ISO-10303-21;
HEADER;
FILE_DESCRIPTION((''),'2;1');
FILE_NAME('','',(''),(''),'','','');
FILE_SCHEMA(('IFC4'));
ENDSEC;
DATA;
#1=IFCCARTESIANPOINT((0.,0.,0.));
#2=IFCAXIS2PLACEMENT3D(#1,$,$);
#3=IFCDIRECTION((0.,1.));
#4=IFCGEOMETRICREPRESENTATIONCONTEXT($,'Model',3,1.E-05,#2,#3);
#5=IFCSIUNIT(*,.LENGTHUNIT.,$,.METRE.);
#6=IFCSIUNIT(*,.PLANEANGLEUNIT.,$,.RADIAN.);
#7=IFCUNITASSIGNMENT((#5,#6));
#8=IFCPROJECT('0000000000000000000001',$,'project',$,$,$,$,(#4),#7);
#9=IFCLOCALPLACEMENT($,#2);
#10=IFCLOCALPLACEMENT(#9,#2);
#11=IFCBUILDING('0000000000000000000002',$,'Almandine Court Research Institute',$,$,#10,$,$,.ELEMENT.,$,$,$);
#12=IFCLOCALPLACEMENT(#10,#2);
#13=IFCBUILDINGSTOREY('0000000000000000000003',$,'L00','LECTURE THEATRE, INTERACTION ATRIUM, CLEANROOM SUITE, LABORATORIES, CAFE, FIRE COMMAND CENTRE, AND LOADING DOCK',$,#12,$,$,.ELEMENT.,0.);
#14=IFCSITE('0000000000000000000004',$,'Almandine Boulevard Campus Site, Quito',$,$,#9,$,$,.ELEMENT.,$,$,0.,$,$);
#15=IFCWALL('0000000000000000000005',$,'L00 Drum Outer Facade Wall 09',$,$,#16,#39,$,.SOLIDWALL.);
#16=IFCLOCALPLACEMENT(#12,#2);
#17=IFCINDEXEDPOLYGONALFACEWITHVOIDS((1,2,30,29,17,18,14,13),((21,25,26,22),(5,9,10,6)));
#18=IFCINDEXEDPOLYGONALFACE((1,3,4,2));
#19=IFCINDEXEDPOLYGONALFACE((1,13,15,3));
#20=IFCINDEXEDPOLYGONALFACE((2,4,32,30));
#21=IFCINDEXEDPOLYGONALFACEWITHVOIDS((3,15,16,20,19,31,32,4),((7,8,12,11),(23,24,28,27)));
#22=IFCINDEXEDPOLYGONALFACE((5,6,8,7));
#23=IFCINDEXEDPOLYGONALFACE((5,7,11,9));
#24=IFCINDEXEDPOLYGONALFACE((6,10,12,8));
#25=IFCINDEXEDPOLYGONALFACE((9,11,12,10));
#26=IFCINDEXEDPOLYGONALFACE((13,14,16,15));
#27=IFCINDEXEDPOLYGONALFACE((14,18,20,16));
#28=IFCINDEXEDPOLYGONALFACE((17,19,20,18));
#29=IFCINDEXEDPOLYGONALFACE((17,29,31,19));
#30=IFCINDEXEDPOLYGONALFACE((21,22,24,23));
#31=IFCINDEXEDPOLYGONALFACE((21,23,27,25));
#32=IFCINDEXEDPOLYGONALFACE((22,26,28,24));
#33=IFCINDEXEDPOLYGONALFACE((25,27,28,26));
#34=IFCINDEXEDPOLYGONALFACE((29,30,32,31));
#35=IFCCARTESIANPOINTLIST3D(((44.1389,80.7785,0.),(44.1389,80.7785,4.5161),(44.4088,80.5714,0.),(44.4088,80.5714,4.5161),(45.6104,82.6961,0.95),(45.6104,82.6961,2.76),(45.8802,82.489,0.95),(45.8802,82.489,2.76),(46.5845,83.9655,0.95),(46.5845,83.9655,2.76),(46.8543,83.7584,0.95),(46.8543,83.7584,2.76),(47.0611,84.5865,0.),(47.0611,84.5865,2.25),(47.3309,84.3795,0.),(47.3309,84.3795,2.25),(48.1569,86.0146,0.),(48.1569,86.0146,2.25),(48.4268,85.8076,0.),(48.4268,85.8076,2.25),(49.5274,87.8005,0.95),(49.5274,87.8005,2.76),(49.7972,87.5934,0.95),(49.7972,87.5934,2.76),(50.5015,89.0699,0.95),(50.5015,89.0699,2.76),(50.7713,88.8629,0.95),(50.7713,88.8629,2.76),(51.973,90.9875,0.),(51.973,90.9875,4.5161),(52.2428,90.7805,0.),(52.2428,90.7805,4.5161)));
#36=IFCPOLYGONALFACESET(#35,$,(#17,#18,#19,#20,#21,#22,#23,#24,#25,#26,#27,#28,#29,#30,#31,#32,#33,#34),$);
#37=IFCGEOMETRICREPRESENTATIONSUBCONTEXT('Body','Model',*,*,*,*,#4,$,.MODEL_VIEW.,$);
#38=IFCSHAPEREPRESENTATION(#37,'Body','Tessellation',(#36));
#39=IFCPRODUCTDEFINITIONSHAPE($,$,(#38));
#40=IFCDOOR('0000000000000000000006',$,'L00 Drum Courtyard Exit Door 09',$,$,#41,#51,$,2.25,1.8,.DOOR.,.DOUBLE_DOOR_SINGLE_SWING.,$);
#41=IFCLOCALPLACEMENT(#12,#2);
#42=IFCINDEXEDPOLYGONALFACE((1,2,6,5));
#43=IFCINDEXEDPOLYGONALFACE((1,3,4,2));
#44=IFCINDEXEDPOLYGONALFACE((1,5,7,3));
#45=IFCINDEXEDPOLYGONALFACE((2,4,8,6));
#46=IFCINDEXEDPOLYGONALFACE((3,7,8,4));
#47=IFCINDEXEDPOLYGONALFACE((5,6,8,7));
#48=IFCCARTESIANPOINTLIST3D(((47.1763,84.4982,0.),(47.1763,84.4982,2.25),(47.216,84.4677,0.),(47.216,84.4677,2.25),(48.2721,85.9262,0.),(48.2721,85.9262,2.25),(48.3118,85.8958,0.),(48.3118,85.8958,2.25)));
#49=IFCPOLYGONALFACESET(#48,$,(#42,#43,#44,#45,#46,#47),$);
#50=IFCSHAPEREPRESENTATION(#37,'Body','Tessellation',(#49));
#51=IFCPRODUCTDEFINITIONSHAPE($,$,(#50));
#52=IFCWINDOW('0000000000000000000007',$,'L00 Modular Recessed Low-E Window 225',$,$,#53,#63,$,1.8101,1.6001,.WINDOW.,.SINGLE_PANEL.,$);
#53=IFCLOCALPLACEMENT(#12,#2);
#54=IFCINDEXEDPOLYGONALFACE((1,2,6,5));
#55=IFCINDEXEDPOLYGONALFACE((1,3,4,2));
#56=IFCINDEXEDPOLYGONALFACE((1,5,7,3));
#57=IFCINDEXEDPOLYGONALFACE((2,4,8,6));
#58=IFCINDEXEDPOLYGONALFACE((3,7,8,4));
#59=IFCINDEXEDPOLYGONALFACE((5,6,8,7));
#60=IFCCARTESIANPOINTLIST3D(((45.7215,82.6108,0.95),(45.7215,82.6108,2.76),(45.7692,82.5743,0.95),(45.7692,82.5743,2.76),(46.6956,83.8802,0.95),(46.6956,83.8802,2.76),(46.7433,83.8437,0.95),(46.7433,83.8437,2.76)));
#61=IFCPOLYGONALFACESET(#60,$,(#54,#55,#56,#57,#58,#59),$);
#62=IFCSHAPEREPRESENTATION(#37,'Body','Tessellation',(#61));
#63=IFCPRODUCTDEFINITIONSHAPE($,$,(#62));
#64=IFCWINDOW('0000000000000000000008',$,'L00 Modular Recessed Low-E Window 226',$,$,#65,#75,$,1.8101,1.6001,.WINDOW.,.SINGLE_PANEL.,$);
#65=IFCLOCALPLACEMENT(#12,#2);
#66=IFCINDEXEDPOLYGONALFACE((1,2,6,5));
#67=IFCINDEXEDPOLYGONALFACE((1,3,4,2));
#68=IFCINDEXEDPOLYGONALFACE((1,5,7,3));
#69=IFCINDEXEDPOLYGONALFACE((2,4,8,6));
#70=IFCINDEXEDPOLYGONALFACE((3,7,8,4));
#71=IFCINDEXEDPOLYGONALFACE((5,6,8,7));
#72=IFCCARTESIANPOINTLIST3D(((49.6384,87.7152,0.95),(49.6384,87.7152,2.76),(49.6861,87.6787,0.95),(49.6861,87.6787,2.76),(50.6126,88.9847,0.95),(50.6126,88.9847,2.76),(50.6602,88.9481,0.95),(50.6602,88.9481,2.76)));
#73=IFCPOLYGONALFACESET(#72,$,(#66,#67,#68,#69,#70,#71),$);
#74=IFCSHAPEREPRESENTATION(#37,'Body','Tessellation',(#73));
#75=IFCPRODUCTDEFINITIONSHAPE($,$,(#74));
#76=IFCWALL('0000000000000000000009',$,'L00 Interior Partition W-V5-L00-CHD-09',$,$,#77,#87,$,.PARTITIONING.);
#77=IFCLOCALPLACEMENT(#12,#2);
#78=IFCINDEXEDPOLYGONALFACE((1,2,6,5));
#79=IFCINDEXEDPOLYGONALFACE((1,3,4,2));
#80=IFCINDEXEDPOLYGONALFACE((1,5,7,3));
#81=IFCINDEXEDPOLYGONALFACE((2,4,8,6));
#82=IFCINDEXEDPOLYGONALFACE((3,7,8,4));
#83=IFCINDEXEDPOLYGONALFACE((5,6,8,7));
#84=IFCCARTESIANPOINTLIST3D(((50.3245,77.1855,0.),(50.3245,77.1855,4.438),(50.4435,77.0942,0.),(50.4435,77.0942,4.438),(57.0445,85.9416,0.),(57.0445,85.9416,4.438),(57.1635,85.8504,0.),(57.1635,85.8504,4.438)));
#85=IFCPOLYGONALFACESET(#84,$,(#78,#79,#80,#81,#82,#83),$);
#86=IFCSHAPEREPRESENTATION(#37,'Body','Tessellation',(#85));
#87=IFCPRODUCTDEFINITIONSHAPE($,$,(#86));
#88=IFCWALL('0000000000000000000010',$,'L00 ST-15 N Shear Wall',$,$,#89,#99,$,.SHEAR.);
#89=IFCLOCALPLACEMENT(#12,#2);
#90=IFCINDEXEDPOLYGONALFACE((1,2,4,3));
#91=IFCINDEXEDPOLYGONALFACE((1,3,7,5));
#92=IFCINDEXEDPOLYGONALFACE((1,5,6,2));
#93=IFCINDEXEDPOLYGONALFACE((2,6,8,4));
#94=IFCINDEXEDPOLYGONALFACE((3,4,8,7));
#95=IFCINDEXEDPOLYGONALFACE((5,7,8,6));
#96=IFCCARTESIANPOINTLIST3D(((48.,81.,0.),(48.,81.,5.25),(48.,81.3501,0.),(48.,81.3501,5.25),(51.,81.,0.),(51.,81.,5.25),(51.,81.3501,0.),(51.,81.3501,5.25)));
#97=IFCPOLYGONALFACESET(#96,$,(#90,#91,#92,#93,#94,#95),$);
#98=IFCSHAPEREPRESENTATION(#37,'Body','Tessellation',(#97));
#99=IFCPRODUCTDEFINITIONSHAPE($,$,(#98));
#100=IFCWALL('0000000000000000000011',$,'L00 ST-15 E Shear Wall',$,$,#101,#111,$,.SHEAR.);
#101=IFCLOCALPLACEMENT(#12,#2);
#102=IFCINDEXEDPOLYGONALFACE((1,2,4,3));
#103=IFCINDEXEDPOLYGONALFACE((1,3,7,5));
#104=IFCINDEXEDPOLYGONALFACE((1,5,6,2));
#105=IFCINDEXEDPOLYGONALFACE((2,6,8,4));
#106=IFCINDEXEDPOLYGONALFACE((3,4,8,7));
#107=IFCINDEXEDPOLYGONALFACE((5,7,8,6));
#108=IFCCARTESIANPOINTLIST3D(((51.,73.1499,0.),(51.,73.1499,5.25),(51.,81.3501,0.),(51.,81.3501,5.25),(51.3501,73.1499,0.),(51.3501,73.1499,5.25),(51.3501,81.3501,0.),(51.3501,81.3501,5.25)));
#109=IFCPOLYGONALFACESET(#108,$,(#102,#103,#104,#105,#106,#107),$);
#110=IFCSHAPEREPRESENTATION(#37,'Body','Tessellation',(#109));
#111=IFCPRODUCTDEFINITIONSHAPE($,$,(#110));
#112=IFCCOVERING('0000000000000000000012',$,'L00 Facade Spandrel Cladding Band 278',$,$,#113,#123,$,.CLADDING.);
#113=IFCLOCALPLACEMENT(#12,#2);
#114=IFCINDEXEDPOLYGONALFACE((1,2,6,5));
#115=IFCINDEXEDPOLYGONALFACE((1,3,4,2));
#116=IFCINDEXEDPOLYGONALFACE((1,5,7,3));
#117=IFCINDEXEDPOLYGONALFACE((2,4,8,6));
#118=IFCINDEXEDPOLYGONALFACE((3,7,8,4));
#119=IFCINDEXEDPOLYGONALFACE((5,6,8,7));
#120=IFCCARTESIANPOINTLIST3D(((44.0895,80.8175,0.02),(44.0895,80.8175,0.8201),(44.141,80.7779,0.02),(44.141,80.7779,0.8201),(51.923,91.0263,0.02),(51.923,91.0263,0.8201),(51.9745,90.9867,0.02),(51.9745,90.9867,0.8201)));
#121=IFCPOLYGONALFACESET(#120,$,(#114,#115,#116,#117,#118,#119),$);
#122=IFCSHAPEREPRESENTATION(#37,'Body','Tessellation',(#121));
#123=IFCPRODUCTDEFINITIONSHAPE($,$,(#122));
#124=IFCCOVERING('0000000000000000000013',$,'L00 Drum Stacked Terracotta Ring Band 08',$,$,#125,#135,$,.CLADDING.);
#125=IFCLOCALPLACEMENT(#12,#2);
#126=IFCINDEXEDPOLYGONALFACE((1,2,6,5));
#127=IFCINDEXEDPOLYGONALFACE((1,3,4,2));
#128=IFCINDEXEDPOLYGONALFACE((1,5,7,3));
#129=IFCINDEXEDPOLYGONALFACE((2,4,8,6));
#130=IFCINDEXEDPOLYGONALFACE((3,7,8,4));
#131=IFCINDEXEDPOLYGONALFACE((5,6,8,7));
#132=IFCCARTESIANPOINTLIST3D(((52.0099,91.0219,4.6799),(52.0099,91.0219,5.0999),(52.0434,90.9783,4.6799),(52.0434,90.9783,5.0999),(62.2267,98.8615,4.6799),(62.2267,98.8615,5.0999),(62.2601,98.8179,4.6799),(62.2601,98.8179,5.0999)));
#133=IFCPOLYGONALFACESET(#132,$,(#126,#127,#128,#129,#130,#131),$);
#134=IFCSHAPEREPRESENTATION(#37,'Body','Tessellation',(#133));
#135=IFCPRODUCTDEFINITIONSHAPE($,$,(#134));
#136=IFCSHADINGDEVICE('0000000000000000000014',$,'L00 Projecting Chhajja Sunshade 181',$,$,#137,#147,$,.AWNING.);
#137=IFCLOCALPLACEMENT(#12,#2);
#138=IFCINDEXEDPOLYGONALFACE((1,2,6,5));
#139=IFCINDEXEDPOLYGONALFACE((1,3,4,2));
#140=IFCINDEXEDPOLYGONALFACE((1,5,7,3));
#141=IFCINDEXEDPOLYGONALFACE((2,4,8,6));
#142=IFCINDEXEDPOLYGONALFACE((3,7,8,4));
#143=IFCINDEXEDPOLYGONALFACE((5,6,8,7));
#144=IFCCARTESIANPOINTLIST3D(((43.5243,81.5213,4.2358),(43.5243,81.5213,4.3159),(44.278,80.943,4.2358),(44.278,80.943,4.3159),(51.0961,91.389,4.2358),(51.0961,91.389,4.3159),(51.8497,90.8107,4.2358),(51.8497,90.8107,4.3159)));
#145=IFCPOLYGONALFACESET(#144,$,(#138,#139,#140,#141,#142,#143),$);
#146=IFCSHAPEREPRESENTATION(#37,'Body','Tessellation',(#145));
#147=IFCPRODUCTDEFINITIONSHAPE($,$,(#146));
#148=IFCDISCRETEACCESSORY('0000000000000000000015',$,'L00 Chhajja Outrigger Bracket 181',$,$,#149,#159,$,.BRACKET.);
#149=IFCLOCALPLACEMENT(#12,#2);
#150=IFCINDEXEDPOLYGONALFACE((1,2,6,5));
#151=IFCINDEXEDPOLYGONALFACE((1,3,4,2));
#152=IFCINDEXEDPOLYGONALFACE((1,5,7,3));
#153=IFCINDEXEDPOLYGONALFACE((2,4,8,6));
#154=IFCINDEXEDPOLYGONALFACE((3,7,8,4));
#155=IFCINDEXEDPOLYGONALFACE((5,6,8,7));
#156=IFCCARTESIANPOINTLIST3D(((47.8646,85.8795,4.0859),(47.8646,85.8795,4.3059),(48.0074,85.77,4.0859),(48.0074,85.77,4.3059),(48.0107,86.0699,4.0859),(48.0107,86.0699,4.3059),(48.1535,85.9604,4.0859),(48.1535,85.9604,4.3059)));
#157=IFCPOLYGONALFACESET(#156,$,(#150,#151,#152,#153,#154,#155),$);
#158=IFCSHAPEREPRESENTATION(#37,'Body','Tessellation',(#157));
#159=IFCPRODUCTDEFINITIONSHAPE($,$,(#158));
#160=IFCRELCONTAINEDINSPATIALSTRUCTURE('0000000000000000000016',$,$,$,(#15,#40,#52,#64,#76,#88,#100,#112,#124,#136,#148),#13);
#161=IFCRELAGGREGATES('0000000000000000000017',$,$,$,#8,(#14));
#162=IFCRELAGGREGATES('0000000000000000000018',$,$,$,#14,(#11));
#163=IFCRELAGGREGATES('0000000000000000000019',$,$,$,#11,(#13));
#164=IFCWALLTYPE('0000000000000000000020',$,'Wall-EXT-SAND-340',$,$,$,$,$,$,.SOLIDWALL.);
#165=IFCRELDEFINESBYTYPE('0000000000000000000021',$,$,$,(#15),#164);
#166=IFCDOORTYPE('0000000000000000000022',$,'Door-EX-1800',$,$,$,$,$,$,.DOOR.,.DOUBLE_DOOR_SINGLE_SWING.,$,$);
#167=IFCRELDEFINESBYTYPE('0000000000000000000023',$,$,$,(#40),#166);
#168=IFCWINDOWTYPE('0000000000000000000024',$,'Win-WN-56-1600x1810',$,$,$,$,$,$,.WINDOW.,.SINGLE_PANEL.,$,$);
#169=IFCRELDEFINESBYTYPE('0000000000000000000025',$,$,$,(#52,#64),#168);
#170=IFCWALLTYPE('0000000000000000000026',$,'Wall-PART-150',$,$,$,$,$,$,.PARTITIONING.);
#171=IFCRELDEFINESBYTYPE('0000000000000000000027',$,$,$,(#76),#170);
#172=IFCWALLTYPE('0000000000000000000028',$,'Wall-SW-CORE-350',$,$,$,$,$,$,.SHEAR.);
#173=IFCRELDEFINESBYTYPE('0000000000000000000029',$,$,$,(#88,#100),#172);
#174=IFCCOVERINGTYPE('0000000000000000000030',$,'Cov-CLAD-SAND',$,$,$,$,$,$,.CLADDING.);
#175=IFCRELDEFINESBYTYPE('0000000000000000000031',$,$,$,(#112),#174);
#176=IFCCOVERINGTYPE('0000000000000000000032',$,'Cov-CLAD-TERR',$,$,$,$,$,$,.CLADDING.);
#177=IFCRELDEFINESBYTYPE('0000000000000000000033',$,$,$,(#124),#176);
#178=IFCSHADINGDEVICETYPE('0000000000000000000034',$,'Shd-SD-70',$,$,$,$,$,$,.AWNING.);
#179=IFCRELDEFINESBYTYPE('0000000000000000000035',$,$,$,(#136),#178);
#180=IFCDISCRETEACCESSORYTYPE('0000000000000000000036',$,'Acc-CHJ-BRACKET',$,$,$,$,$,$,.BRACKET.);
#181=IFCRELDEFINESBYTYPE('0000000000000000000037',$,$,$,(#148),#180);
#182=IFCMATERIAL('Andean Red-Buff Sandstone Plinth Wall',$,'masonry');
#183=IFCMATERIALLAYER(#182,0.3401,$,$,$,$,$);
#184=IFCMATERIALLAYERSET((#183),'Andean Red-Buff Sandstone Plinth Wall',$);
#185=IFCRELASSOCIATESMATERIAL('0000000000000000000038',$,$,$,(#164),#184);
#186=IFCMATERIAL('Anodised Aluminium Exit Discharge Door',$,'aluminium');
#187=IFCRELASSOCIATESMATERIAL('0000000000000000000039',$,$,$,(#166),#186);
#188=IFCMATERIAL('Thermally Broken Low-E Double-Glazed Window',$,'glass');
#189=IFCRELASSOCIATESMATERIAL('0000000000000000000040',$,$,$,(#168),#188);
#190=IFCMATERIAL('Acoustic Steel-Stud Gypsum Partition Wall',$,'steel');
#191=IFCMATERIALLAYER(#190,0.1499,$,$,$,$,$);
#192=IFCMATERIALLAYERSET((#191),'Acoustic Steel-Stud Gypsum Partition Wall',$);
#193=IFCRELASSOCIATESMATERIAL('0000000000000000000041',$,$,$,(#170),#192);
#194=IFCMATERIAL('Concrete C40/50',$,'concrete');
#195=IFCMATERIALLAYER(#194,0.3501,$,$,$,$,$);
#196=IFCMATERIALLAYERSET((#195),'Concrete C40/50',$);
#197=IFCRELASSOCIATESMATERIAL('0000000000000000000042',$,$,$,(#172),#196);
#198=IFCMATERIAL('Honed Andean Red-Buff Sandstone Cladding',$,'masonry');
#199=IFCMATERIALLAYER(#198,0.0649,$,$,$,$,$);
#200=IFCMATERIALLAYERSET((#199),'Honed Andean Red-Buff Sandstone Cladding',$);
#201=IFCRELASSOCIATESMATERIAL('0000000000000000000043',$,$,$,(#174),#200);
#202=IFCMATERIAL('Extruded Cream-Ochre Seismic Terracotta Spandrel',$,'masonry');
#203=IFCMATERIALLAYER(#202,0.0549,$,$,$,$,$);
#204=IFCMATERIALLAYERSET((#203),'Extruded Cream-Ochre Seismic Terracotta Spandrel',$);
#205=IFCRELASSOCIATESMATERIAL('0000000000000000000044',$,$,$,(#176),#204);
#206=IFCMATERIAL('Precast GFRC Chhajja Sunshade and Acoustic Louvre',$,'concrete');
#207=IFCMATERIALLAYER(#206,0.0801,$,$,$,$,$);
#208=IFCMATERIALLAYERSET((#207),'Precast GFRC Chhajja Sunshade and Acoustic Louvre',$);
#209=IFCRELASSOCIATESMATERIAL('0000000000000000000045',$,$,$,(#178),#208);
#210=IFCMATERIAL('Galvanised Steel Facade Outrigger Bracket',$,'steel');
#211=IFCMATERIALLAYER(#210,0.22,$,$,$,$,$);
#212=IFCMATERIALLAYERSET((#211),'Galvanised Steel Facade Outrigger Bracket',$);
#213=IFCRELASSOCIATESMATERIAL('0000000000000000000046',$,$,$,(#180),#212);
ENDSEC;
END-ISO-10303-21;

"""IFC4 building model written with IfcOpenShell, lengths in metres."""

from ifc_helpers import new_model, si_unit, direction, frame, frame_2d, origin, origin_2d, place, context, subcontext, project, spatial, rectangle, extrude, material, layer, layer_set, type_object, element, fill, save


model = new_model("IFC4")

# Units and contexts
model_context = context("Model", 3, precision=1e-05, world=origin(), true_north=direction((0.0, 1.0)))
body_context = subcontext(model_context, "Body", "Model", "MODEL_VIEW")
ifc_project = project(units=[si_unit("LENGTHUNIT", "METRE"), si_unit("PLANEANGLEUNIT", "RADIAN")], contexts=[model_context])

# Site, building, storey
site_placement = place(None, origin())
site = spatial("IfcSite", under=ifc_project, at=site_placement, Name="Almandine Boulevard Campus Site, Quito", CompositionType="ELEMENT", RefElevation=0.0)
building_placement = place(site_placement, origin())
building = spatial("IfcBuilding", under=site, at=building_placement, Name="Almandine Court Research Institute", CompositionType="ELEMENT")
storey_placement = place(building_placement, origin())
storey = spatial("IfcBuildingStorey", under=building, at=storey_placement, Name="L00", Description="LECTURE THEATRE, INTERACTION ATRIUM, CLEANROOM SUITE, LABORATORIES, CAFE, FIRE COMMAND CENTRE, AND LOADING DOCK", CompositionType="ELEMENT", Elevation=0.0)

# Wall, openings, door, windows
ifc_material_1 = material(Name="Andean Red-Buff Sandstone Plinth Wall", Category="masonry")
ifc_layer_1 = layer(ifc_material_1, 0.3401)
ifc_layer_set_1 = layer_set([ifc_layer_1], Name="Andean Red-Buff Sandstone Plinth Wall")
wall_type_1 = type_object("IfcWallType", Name="Wall-EXT-SAND-340", PredefinedType="SOLIDWALL", material=ifc_layer_set_1)
wall_1_placement = place(storey_placement, frame((44.2739, 80.675, 0.0), z_axis=(0.0, 0.0, 1.0), x_axis=(0.608779, 0.79334, 0.0)))
wall_1 = element("IfcWall", 1, at=wall_1_placement, inside=storey, type_object=wall_type_1, Name="L00 Drum Outer Facade Wall 09", PredefinedType="SOLIDWALL", context=body_context, shape_type="SweptSolid", body=[
    extrude(rectangle(XDim=12.8684, YDim=0.3401, at=frame_2d((6.4341, 0.0))), origin(), (0.0, 0.0, 1.0), 4.5161),
])
opening_1_placement = place(wall_1_placement, frame((4.8, 0.0, 0.0)))
opening_1 = element("IfcOpeningElement", 2, at=opening_1_placement, cuts=wall_1, PredefinedType="OPENING", context=body_context, shape_type="SweptSolid", body=[
    extrude(rectangle(XDim=1.8, YDim=2.25, at=frame_2d((0.8999, 1.125))), frame((0.0, 0.1799, 0.0), z_axis=(0.0, -1.0, 0.0), x_axis=(1.0, 0.0, 0.0)), (0.0, 0.0, 1.0), 0.3601),
])
opening_2_placement = place(wall_1_placement, frame((2.417, 0.0, 0.95)))
opening_2 = element("IfcOpeningElement", 3, at=opening_2_placement, cuts=wall_1, PredefinedType="OPENING", context=body_context, shape_type="SweptSolid", body=[
    extrude(rectangle(XDim=1.6001, YDim=1.8101, at=frame_2d((0.8, 0.905))), frame((0.0, 0.1799, 0.0), z_axis=(0.0, -1.0, 0.0), x_axis=(1.0, 0.0, 0.0)), (0.0, 0.0, 1.0), 0.3601),
])
opening_3_placement = place(wall_1_placement, frame((8.8511, 0.0, 0.95)))
opening_3 = element("IfcOpeningElement", 4, at=opening_3_placement, cuts=wall_1, PredefinedType="OPENING", context=body_context, shape_type="SweptSolid", body=[
    extrude(rectangle(XDim=1.6001, YDim=1.8101, at=frame_2d((0.8, 0.905))), frame((0.0, 0.1799, 0.0), z_axis=(0.0, -1.0, 0.0), x_axis=(1.0, 0.0, 0.0)), (0.0, 0.0, 1.0), 0.3601),
])
ifc_material_2 = material(Name="Anodised Aluminium Exit Discharge Door", Category="aluminium")
door_type = type_object("IfcDoorType", Name="Door-EX-1800", OperationType="DOUBLE_DOOR_SINGLE_SWING", PredefinedType="DOOR", material=ifc_material_2)
door_placement = place(opening_1_placement, origin())
door = element("IfcDoor", 5, at=door_placement, inside=storey, type_object=door_type, Name="L00 Drum Courtyard Exit Door 09", OperationType="DOUBLE_DOOR_SINGLE_SWING", OverallHeight=2.25, OverallWidth=1.8, PredefinedType="DOOR", context=body_context, shape_type="SweptSolid", body=[
    extrude(rectangle(XDim=1.8, YDim=2.25, at=frame_2d((0.8999, 1.125))), frame((0.0, 0.0249, 0.0), z_axis=(0.0, -1.0, 0.0), x_axis=(1.0, 0.0, 0.0)), (0.0, 0.0, 1.0), 0.05),
])
fill(opening_1, door)
ifc_material_3 = material(Name="Thermally Broken Low-E Double-Glazed Window", Category="glass")
window_type = type_object("IfcWindowType", Name="Win-WN-56-1600x1810", PartitioningType="SINGLE_PANEL", PredefinedType="WINDOW", material=ifc_material_3)
window_1_placement = place(opening_2_placement, origin())
window_1 = element("IfcWindow", 6, at=window_1_placement, inside=storey, type_object=window_type, Name="L00 Modular Recessed Low-E Window 225", OverallHeight=1.8101, OverallWidth=1.6001, PartitioningType="SINGLE_PANEL", PredefinedType="WINDOW", context=body_context, shape_type="SweptSolid", body=[
    extrude(rectangle(XDim=1.6001, YDim=1.8101, at=frame_2d((0.8, 0.905))), frame((0.0, 0.03, 0.0), z_axis=(0.0, -1.0, 0.0), x_axis=(1.0, 0.0, 0.0)), (0.0, 0.0, 1.0), 0.0601),
])
fill(opening_2, window_1)
window_2_placement = place(opening_3_placement, origin())
window_2 = element("IfcWindow", 7, at=window_2_placement, inside=storey, type_object=window_type, Name="L00 Modular Recessed Low-E Window 226", OverallHeight=1.8101, OverallWidth=1.6001, PartitioningType="SINGLE_PANEL", PredefinedType="WINDOW", context=body_context, shape_type="SweptSolid", body=[
    extrude(rectangle(XDim=1.6001, YDim=1.8101, at=frame_2d((0.8, 0.905))), frame((0.0, 0.03, 0.0), z_axis=(0.0, -1.0, 0.0), x_axis=(1.0, 0.0, 0.0)), (0.0, 0.0, 1.0), 0.0601),
])
fill(opening_3, window_2)

# Walls
ifc_material_4 = material(Name="Acoustic Steel-Stud Gypsum Partition Wall", Category="steel")
ifc_layer_2 = layer(ifc_material_4, 0.1499)
ifc_layer_set_2 = layer_set([ifc_layer_2], Name="Acoustic Steel-Stud Gypsum Partition Wall")
wall_type_2 = type_object("IfcWallType", Name="Wall-PART-150", PredefinedType="PARTITIONING", material=ifc_layer_set_2)
wall_2_placement = place(storey_placement, frame((57.104, 85.896, 0.0), z_axis=(0.0, 0.0, 1.0), x_axis=(-0.608828, -0.793302, 0.0)))
element("IfcWall", 8, at=wall_2_placement, inside=storey, type_object=wall_type_2, Name="L00 Interior Partition W-V5-L00-CHD-09", PredefinedType="PARTITIONING", context=body_context, shape_type="SweptSolid", body=[
    extrude(rectangle(XDim=11.0376, YDim=0.1499, at=frame_2d((5.5188, 0.0))), origin(), (0.0, 0.0, 1.0), 4.438),
])
ifc_material_5 = material(Name="Concrete C40/50", Category="concrete")
ifc_layer_3 = layer(ifc_material_5, 0.3501)
ifc_layer_set_3 = layer_set([ifc_layer_3], Name="Concrete C40/50")
wall_type_3 = type_object("IfcWallType", Name="Wall-SW-CORE-350", PredefinedType="SHEAR", material=ifc_layer_set_3)
wall_3_placement = place(storey_placement, frame((48.0, 81.175, 0.0), z_axis=(0.0, 0.0, 1.0), x_axis=(1.0, 0.0, 0.0)))
element("IfcWall", 9, at=wall_3_placement, inside=storey, type_object=wall_type_3, Name="L00 ST-15 N Shear Wall", PredefinedType="SHEAR", context=body_context, shape_type="SweptSolid", body=[
    extrude(rectangle(XDim=3.0, YDim=0.3501, at=frame_2d((1.5, 0.0))), origin(), (0.0, 0.0, 1.0), 5.25),
])
wall_4_placement = place(storey_placement, frame((51.175, 81.3501, 0.0), z_axis=(0.0, 0.0, 1.0), x_axis=(0.0, -1.0, 0.0)))
element("IfcWall", 10, at=wall_4_placement, inside=storey, type_object=wall_type_3, Name="L00 ST-15 E Shear Wall", PredefinedType="SHEAR", context=body_context, shape_type="SweptSolid", body=[
    extrude(rectangle(XDim=8.2002, YDim=0.3501, at=frame_2d((4.1001, 0.0))), origin(), (0.0, 0.0, 1.0), 5.25),
])

# Coverings
ifc_material_6 = material(Name="Honed Andean Red-Buff Sandstone Cladding", Category="masonry")
ifc_layer_4 = layer(ifc_material_6, 0.0649)
ifc_layer_set_4 = layer_set([ifc_layer_4], Name="Honed Andean Red-Buff Sandstone Cladding")
covering_type_1 = type_object("IfcCoveringType", Name="Cov-CLAD-SAND", PredefinedType="CLADDING", material=ifc_layer_set_4)
covering_1_placement = place(storey_placement, frame((48.032, 85.9021, 0.02), z_axis=(0.0, 0.0, 1.0), x_axis=(0.608761, 0.793353, 0.0)))
element("IfcCovering", 11, at=covering_1_placement, inside=storey, type_object=covering_type_1, Name="L00 Facade Spandrel Cladding Band 278", PredefinedType="CLADDING", context=body_context, shape_type="SweptSolid", body=[
    extrude(rectangle(XDim=12.8679, YDim=0.0649, at=origin_2d()), origin(), (0.0, 0.0, 1.0), 0.8),
])
ifc_material_7 = material(Name="Extruded Cream-Ochre Seismic Terracotta Spandrel", Category="masonry")
ifc_layer_5 = layer(ifc_material_7, 0.0549)
ifc_layer_set_5 = layer_set([ifc_layer_5], Name="Extruded Cream-Ochre Seismic Terracotta Spandrel")
covering_type_2 = type_object("IfcCoveringType", Name="Cov-CLAD-TERR", PredefinedType="CLADDING", material=ifc_layer_set_5)
covering_2_placement = place(storey_placement, frame((57.135, 94.9199, 4.6799), z_axis=(0.0, 0.0, 1.0), x_axis=(0.793353, 0.608761, 0.0)))
element("IfcCovering", 12, at=covering_2_placement, inside=storey, type_object=covering_type_2, Name="L00 Drum Stacked Terracotta Ring Band 08", PredefinedType="CLADDING", context=body_context, shape_type="SweptSolid", body=[
    extrude(rectangle(XDim=12.8779, YDim=0.0549, at=origin_2d()), origin(), (0.0, 0.0, 1.0), 0.4199),
])

# Shading device
ifc_material_8 = material(Name="Precast GFRC Chhajja Sunshade and Acoustic Louvre", Category="concrete")
ifc_layer_6 = layer(ifc_material_8, 0.0801)
ifc_layer_set_6 = layer_set([ifc_layer_6], Name="Precast GFRC Chhajja Sunshade and Acoustic Louvre")
shading_device_type = type_object("IfcShadingDeviceType", Name="Shd-SD-70", PredefinedType="AWNING", material=ifc_layer_set_6)
shading_device_placement = place(storey_placement, frame((47.687, 86.166, 4.2358), z_axis=(0.0, 0.0, 1.0), x_axis=(0.608761, 0.793353, 0.0)))
element("IfcShadingDevice", 13, at=shading_device_placement, inside=storey, type_object=shading_device_type, Name="L00 Projecting Chhajja Sunshade 181", PredefinedType="AWNING", context=body_context, shape_type="SweptSolid", body=[
    extrude(rectangle(XDim=12.438, YDim=0.95, at=origin_2d()), origin(), (0.0, 0.0, 1.0), 0.0801),
])

# Discrete accessory
ifc_material_9 = material(Name="Galvanised Steel Facade Outrigger Bracket", Category="steel")
ifc_layer_7 = layer(ifc_material_9, 0.22)
ifc_layer_set_7 = layer_set([ifc_layer_7], Name="Galvanised Steel Facade Outrigger Bracket")
discrete_accessory_type = type_object("IfcDiscreteAccessoryType", Name="Acc-CHJ-BRACKET", PredefinedType="BRACKET", material=ifc_layer_set_7)
discrete_accessory_placement = place(storey_placement, frame((48.009, 85.9199, 4.0859), z_axis=(0.0, 0.0, 1.0), x_axis=(0.608761, 0.793353, 0.0)))
element("IfcDiscreteAccessory", 14, at=discrete_accessory_placement, inside=storey, type_object=discrete_accessory_type, Name="L00 Chhajja Outrigger Bracket 181", PredefinedType="BRACKET", context=body_context, shape_type="SweptSolid", body=[
    extrude(rectangle(XDim=0.24, YDim=0.1799, at=origin_2d()), origin(), (0.0, 0.0, 1.0), 0.22),
])

save(model, "model.ifc")
